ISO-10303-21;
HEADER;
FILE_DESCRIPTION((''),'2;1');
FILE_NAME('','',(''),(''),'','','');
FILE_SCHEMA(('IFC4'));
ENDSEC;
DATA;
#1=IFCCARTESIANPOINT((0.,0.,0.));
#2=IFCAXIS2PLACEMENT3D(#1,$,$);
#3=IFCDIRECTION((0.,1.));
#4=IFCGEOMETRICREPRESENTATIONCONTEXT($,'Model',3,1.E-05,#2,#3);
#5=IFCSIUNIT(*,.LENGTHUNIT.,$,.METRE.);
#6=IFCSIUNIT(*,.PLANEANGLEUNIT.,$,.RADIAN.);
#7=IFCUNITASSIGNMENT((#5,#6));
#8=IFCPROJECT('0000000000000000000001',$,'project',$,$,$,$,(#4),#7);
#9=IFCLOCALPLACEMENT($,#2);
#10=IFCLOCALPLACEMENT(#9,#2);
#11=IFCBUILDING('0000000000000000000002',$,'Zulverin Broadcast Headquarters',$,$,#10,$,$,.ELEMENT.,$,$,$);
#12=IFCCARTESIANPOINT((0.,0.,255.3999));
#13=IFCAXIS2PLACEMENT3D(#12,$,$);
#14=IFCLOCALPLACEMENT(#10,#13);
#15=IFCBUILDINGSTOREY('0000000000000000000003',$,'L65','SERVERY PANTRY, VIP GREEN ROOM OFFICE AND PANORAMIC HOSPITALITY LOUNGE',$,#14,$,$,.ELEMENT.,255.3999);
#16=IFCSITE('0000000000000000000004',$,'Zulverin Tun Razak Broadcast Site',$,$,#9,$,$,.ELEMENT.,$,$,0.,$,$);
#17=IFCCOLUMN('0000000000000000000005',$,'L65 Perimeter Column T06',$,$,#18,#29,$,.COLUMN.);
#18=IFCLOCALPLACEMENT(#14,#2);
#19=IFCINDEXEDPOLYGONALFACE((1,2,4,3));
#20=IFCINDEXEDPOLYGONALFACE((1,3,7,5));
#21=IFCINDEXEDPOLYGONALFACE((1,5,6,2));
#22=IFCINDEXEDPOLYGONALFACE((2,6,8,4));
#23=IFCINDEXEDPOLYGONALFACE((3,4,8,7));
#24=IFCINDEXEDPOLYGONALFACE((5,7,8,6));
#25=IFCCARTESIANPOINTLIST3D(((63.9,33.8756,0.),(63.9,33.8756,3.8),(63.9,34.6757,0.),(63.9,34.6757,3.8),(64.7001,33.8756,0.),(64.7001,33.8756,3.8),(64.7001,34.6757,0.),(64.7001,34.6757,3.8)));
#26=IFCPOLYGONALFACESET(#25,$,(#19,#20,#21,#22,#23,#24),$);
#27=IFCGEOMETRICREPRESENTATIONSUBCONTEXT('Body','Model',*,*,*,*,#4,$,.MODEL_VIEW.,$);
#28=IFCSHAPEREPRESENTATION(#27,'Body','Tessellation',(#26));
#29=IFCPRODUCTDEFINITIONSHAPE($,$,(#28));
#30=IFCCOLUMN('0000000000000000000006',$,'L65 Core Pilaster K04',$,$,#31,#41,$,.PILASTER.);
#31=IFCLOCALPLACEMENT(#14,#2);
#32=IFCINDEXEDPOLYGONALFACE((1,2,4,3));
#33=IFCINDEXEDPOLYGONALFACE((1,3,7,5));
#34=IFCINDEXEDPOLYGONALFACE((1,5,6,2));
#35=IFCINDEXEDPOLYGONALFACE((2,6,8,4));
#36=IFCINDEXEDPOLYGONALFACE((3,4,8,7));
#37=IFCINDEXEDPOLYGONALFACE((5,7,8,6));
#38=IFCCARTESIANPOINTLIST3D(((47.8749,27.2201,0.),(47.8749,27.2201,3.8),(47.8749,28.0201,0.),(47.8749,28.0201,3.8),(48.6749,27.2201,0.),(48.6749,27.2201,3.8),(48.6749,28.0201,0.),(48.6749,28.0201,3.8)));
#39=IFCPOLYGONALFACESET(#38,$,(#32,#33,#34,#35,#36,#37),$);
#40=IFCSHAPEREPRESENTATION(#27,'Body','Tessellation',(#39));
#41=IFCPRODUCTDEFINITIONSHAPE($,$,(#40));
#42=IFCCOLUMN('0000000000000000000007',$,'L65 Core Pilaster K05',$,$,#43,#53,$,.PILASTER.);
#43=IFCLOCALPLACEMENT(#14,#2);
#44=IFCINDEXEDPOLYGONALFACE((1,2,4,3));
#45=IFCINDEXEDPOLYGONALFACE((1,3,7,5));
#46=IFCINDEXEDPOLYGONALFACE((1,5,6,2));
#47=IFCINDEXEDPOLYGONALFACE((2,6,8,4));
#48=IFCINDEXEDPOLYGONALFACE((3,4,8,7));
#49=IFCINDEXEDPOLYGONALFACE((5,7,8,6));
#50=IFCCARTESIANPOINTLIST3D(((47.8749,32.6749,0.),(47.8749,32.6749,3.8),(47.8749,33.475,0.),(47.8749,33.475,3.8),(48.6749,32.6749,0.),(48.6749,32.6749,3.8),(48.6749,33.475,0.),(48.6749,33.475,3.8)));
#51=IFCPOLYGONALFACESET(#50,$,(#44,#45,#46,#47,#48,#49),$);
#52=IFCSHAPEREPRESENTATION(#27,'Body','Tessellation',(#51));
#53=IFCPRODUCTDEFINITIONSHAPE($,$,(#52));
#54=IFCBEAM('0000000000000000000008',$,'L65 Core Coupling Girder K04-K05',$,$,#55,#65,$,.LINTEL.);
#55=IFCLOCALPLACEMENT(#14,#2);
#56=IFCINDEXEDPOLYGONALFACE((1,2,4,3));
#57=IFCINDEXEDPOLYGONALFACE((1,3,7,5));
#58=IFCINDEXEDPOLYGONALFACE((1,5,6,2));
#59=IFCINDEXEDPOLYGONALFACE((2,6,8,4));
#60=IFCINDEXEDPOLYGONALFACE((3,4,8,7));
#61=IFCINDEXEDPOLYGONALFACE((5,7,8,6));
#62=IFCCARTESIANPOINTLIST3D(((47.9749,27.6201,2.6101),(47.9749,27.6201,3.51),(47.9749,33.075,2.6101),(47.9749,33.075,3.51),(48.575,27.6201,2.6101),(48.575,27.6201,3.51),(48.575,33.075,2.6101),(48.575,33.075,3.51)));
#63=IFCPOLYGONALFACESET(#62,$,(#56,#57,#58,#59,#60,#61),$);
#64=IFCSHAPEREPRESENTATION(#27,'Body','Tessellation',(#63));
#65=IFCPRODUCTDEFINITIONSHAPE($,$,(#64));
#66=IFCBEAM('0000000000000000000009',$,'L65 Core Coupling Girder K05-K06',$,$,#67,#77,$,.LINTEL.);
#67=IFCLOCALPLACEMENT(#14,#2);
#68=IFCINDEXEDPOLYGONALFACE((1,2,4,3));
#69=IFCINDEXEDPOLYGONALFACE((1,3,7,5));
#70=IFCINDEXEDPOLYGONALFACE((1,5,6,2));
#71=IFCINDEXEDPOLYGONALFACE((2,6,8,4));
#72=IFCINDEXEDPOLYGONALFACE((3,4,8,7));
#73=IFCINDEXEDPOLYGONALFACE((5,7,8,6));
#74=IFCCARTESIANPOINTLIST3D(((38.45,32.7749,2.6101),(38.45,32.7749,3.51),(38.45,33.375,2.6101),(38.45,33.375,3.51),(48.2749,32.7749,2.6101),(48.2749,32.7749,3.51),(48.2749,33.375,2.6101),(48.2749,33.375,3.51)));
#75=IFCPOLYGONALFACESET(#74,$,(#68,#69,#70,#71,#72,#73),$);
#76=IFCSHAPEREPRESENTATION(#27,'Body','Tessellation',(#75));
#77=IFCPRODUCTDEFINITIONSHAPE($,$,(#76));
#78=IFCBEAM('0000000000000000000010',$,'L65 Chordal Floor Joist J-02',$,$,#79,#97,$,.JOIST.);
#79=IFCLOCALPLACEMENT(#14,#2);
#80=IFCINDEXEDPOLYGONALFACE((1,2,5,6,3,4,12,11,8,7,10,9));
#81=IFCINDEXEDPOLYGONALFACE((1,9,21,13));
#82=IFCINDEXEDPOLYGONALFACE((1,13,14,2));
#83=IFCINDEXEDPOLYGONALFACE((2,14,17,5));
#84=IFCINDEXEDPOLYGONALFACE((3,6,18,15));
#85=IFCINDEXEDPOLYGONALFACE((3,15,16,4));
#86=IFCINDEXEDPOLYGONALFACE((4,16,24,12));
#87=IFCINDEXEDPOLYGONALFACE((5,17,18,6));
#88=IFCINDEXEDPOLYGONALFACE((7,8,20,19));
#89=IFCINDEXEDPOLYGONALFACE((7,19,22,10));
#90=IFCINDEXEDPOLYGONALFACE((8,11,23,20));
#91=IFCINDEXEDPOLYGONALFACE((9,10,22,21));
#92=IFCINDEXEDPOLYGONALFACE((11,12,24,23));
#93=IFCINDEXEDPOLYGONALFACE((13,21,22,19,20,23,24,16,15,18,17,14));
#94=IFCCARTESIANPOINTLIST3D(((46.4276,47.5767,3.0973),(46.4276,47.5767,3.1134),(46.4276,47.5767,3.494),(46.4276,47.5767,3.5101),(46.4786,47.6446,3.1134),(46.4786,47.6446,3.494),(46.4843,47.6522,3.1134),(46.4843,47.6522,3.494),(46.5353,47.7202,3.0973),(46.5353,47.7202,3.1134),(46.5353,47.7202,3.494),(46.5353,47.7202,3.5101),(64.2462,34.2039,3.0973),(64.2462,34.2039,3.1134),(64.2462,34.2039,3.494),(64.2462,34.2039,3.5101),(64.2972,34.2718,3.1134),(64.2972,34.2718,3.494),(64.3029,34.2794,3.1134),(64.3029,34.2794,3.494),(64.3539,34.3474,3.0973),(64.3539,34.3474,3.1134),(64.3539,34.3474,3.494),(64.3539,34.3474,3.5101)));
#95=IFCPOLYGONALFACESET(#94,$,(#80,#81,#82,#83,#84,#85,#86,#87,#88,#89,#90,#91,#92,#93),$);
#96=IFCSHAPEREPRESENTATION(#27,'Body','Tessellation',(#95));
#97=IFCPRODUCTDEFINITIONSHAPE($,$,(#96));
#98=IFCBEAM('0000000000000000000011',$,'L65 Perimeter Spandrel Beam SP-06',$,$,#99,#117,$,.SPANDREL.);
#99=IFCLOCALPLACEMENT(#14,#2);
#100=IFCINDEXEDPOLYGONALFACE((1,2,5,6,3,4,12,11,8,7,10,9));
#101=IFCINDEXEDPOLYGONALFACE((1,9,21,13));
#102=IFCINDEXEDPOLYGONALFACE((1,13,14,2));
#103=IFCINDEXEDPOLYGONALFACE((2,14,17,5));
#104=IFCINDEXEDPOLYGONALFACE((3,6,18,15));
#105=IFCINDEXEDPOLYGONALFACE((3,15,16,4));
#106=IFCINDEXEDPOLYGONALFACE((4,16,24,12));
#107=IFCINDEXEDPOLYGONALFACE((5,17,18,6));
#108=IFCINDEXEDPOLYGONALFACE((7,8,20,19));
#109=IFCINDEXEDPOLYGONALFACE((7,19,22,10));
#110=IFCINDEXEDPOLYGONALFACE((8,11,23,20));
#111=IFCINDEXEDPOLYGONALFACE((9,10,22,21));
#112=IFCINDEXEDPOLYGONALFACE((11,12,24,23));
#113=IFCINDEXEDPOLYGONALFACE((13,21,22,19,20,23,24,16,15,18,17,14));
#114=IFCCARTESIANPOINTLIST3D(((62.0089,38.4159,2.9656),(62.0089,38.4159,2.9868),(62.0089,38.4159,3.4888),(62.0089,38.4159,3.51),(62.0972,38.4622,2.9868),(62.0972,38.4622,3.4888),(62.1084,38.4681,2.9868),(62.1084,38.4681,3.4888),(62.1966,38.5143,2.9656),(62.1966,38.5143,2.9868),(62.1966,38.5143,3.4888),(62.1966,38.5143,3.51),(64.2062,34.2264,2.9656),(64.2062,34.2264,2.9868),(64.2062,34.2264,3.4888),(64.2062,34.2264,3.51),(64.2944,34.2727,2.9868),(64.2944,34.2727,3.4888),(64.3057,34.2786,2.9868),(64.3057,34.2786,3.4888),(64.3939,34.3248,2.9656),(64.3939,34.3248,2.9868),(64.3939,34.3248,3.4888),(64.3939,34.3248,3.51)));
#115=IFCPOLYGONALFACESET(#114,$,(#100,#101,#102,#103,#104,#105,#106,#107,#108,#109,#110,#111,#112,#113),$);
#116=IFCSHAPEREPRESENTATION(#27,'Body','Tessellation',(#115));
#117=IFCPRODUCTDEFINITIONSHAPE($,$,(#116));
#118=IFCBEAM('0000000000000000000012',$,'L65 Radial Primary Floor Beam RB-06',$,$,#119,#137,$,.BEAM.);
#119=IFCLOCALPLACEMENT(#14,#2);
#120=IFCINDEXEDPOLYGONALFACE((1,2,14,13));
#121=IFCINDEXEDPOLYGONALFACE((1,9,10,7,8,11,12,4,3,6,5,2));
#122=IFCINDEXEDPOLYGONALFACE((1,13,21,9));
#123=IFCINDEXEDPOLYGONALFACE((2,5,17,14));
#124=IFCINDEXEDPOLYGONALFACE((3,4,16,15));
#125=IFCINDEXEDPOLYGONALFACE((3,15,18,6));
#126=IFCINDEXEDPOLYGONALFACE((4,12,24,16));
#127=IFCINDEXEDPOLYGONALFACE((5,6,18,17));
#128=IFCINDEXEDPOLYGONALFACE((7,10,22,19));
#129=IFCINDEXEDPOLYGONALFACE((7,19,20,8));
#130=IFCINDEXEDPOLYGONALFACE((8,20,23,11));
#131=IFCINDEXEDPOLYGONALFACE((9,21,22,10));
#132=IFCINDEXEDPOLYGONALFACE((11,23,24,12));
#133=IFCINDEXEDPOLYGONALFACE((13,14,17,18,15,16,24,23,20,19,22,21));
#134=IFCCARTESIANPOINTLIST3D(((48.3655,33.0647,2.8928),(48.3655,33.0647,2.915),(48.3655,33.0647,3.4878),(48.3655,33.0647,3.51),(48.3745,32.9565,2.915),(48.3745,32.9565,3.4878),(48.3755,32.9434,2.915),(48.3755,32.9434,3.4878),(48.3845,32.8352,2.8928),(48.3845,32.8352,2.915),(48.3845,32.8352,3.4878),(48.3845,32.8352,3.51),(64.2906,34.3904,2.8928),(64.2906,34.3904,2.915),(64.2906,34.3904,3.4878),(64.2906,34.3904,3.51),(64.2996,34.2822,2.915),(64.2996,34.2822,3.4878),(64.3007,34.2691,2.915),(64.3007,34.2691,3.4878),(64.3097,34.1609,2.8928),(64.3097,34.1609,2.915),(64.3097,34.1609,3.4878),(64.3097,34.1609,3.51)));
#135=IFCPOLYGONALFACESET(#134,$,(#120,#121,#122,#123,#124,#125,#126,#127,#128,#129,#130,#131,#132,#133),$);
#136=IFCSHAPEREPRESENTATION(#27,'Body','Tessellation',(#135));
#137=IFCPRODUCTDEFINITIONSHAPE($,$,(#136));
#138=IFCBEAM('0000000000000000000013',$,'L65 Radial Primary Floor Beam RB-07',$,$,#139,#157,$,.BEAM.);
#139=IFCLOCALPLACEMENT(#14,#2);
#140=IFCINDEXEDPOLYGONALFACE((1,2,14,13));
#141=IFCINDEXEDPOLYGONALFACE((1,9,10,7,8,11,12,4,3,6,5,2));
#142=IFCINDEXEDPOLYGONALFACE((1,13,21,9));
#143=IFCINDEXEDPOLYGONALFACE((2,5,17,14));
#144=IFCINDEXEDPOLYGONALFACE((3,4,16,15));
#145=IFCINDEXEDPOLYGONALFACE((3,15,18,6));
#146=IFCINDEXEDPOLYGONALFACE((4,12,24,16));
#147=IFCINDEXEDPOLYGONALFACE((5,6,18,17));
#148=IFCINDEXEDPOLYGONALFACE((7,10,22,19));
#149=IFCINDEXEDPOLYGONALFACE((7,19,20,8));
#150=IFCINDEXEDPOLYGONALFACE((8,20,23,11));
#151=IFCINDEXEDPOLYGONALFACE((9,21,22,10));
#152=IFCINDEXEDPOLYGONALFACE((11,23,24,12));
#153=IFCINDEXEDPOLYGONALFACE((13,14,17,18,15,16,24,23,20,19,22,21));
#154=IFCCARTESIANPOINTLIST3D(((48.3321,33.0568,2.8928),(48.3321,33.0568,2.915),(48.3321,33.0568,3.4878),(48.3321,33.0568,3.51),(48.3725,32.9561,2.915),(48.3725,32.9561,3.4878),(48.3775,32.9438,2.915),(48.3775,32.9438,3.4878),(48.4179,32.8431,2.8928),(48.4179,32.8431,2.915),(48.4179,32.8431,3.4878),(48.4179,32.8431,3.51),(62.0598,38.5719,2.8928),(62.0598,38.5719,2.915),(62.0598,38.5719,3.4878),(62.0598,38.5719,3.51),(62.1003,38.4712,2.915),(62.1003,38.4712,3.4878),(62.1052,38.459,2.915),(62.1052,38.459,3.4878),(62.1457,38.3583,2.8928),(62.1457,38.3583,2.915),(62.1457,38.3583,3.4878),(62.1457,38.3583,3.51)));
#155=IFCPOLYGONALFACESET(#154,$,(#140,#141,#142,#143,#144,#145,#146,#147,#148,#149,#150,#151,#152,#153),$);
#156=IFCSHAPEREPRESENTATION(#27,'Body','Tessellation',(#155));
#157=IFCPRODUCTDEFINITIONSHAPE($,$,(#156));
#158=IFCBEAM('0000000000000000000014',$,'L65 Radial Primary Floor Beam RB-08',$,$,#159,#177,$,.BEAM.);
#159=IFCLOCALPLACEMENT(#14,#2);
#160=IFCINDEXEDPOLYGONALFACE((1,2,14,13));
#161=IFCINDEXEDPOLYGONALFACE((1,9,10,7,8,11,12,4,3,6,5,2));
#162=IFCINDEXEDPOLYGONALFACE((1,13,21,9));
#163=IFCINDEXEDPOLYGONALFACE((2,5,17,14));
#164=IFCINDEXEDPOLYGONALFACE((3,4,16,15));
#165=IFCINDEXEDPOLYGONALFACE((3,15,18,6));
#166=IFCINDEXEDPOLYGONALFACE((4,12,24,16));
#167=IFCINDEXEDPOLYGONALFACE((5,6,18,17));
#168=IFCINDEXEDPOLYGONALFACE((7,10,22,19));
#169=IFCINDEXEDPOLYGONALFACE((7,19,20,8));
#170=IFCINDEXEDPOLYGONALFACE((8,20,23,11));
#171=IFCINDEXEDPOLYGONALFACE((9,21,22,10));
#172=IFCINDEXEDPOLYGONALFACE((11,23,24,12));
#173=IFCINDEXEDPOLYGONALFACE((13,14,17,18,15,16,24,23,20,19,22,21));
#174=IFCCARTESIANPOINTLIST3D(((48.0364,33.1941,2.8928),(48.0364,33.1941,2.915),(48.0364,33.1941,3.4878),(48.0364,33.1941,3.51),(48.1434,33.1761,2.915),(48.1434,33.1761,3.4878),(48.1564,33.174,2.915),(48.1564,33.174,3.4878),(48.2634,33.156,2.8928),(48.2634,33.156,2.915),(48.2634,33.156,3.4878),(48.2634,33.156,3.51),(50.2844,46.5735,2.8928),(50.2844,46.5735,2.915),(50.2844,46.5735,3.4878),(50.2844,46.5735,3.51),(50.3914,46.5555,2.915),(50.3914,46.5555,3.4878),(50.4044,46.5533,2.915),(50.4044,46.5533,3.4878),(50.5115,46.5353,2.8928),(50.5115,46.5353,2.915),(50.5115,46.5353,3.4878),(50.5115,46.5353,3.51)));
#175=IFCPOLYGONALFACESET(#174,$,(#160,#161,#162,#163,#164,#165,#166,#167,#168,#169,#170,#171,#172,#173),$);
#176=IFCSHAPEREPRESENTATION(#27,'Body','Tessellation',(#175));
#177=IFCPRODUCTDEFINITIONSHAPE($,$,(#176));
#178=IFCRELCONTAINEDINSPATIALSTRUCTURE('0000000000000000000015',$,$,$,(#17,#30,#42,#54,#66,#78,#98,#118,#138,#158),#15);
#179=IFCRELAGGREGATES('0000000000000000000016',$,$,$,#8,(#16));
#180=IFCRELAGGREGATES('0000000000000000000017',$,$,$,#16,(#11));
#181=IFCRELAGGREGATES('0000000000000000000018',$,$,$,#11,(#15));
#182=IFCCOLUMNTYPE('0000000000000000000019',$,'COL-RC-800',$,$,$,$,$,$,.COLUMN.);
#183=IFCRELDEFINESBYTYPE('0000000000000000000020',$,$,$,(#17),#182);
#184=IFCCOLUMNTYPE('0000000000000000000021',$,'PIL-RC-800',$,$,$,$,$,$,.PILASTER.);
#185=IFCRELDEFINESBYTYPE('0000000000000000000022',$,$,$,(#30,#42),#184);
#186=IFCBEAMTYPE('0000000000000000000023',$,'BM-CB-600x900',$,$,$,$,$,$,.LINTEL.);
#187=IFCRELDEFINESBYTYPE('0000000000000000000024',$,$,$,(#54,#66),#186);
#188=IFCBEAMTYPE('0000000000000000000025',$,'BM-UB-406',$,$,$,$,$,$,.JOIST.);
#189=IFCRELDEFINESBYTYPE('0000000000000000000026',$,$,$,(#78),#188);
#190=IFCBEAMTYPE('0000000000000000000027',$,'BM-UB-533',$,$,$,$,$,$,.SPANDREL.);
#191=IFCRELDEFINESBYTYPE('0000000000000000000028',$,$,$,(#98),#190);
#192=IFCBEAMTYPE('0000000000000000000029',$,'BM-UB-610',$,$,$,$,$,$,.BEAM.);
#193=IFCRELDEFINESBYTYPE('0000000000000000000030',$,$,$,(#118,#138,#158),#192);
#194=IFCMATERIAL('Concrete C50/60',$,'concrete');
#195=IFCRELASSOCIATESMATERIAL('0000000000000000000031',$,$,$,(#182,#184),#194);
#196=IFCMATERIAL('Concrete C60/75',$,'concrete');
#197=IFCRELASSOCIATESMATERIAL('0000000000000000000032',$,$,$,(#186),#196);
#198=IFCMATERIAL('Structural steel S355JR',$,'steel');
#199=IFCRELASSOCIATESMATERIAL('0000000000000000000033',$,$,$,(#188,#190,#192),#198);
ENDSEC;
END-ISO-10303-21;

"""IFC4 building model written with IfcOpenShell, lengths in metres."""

from ifc_helpers import new_model, si_unit, direction, frame, origin, origin_2d, place, context, subcontext, project, spatial, rectangle, i_section, extrude, material, material_profile, profile_set, type_object, element, save


model = new_model("IFC4")

# Units and contexts
model_context = context("Model", 3, precision=1e-05, world=origin(), true_north=direction((0.0, 1.0)))
body_context = subcontext(model_context, "Body", "Model", "MODEL_VIEW")
ifc_project = project(units=[si_unit("LENGTHUNIT", "METRE"), si_unit("PLANEANGLEUNIT", "RADIAN")], contexts=[model_context])

# Site, building, storey
site_placement = place(None, origin())
site = spatial("IfcSite", under=ifc_project, at=site_placement, Name="Zulverin Tun Razak Broadcast Site", CompositionType="ELEMENT", RefElevation=0.0)
building_placement = place(site_placement, origin())
building = spatial("IfcBuilding", under=site, at=building_placement, Name="Zulverin Broadcast Headquarters", CompositionType="ELEMENT")
storey_placement = place(building_placement, frame((0.0, 0.0, 255.3999)))
storey = spatial("IfcBuildingStorey", under=building, at=storey_placement, Name="L65", Description="SERVERY PANTRY, VIP GREEN ROOM OFFICE AND PANORAMIC HOSPITALITY LOUNGE", CompositionType="ELEMENT", Elevation=255.3999)

# Columns
ifc_material_1 = material(Name="Concrete C50/60", Category="concrete")
ifc_material_profile_1 = material_profile(ifc_material_1, rectangle(XDim=0.8, YDim=0.8, at=origin_2d()), Name="Concrete C50/60", Category="concrete")
ifc_profile_set_1 = profile_set([ifc_material_profile_1], Name="Concrete C50/60")
column_type_1 = type_object("IfcColumnType", Name="COL-RC-800", PredefinedType="COLUMN", material=ifc_profile_set_1)
column_placement = place(storey_placement, frame((64.3, 34.2756, 0.0), z_axis=(0.0, 0.0, 1.0), x_axis=(1.0, 0.0, 0.0)))
element("IfcColumn", 1, at=column_placement, inside=storey, type_object=column_type_1, Name="L65 Perimeter Column T06", PredefinedType="COLUMN", context=body_context, shape_type="SweptSolid", body=[
    extrude(rectangle(XDim=0.8, YDim=0.8, at=origin_2d()), origin(), (0.0, 0.0, 1.0), 3.8),
])
ifc_material_profile_2 = material_profile(ifc_material_1, rectangle(XDim=0.8, YDim=0.8, at=origin_2d()), Name="Concrete C50/60", Category="concrete")
ifc_profile_set_2 = profile_set([ifc_material_profile_2], Name="Concrete C50/60")
column_type_2 = type_object("IfcColumnType", Name="PIL-RC-800", PredefinedType="PILASTER", material=ifc_profile_set_2)
for number, where, z_axis, x_axis, name in (
    (2, (48.2749, 27.6201, 0.0), (0.0, 0.0, 1.0), (1.0, 0.0, 0.0), "L65 Core Pilaster K04"),
    (3, (48.2749, 33.075, 0.0), (0.0, 0.0, 1.0), (1.0, 0.0, 0.0), "L65 Core Pilaster K05"),
):
    element("IfcColumn", number, at=place(storey_placement, frame(where, z_axis=z_axis, x_axis=x_axis)), inside=storey, type_object=column_type_2, Name=name, PredefinedType="PILASTER", context=body_context, shape_type="SweptSolid", body=[
        extrude(rectangle(XDim=0.8, YDim=0.8, at=origin_2d()), origin(), (0.0, 0.0, 1.0), 3.8),
    ])

# Beams
ifc_material_2 = material(Name="Concrete C60/75", Category="concrete")
ifc_material_profile_3 = material_profile(ifc_material_2, rectangle(XDim=0.6001, YDim=0.8999, at=origin_2d()), Name="Concrete C60/75", Category="concrete")
ifc_profile_set_3 = profile_set([ifc_material_profile_3], Name="Concrete C60/75")
beam_type_1 = type_object("IfcBeamType", Name="BM-CB-600x900", PredefinedType="LINTEL", material=ifc_profile_set_3)
beam_1_placement = place(storey_placement, frame((48.2749, 27.6201, 3.0601), z_axis=(0.0, 1.0, 0.0), x_axis=(-1.0, 0.0, 0.0)))
element("IfcBeam", 4, at=beam_1_placement, inside=storey, type_object=beam_type_1, Name="L65 Core Coupling Girder K04-K05", PredefinedType="LINTEL", context=body_context, shape_type="SweptSolid", body=[
    extrude(rectangle(XDim=0.6001, YDim=0.8999, at=origin_2d()), origin(), (0.0, 0.0, 1.0), 5.4548),
])
beam_2_placement = place(storey_placement, frame((48.2749, 33.075, 3.0601), z_axis=(-1.0, 0.0, 0.0), x_axis=(0.0, -1.0, 0.0)))
element("IfcBeam", 5, at=beam_2_placement, inside=storey, type_object=beam_type_1, Name="L65 Core Coupling Girder K05-K06", PredefinedType="LINTEL", context=body_context, shape_type="SweptSolid", body=[
    extrude(rectangle(XDim=0.6001, YDim=0.8999, at=origin_2d()), origin(), (0.0, 0.0, 1.0), 9.825),
])
ifc_material_3 = material(Name="Structural steel S355JR", Category="steel")
ifc_material_profile_4 = material_profile(ifc_material_3, i_section(OverallWidth=0.1794, OverallDepth=0.4128, WebThickness=0.0095, FlangeThickness=0.0161, at=origin_2d()), Name="Structural steel S355JR", Category="steel")
ifc_profile_set_4 = profile_set([ifc_material_profile_4], Name="Structural steel S355JR")
beam_type_2 = type_object("IfcBeamType", Name="BM-UB-406", PredefinedType="JOIST", material=ifc_profile_set_4)
beam_3_placement = place(storey_placement, frame((64.3, 34.2756, 3.3037), z_axis=(-0.799809, 0.600254, 0.0), x_axis=(-0.600254, -0.799809, 0.0)))
element("IfcBeam", 6, at=beam_3_placement, inside=storey, type_object=beam_type_2, Name="L65 Chordal Floor Joist J-02", PredefinedType="JOIST", context=body_context, shape_type="SweptSolid", body=[
    extrude(i_section(OverallWidth=0.1794, OverallDepth=0.4128, WebThickness=0.0095, FlangeThickness=0.0161, at=origin_2d()), origin(), (0.0, 0.0, 1.0), 22.2786),
])
ifc_material_profile_5 = material_profile(ifc_material_3, i_section(OverallWidth=0.2119, OverallDepth=0.5444, WebThickness=0.0127, FlangeThickness=0.0212, at=origin_2d()), Name="Structural steel S355JR", Category="steel")
ifc_profile_set_5 = profile_set([ifc_material_profile_5], Name="Structural steel S355JR")
beam_type_3 = type_object("IfcBeamType", Name="BM-UB-533", PredefinedType="SPANDREL", material=ifc_profile_set_5)
beam_4_placement = place(storey_placement, frame((64.3, 34.2756, 3.2378), z_axis=(-0.46447, 0.885589, 0.0), x_axis=(-0.885589, -0.46447, 0.0)))
element("IfcBeam", 7, at=beam_4_placement, inside=storey, type_object=beam_type_3, Name="L65 Perimeter Spandrel Beam SP-06", PredefinedType="SPANDREL", context=body_context, shape_type="SweptSolid", body=[
    extrude(i_section(OverallWidth=0.2119, OverallDepth=0.5444, WebThickness=0.0127, FlangeThickness=0.0212, at=origin_2d()), origin(), (0.0, 0.0, 1.0), 4.7307),
])
ifc_material_profile_6 = material_profile(ifc_material_3, i_section(OverallWidth=0.2302, OverallDepth=0.6172, WebThickness=0.0132, FlangeThickness=0.0222, at=origin_2d()), Name="Structural steel S355JR", Category="steel")
ifc_profile_set_6 = profile_set([ifc_material_profile_6], Name="Structural steel S355JR")
beam_type_4 = type_object("IfcBeamType", Name="BM-UB-610", PredefinedType="BEAM", material=ifc_profile_set_6)
beam_5_placement = place(storey_placement, frame((48.375, 32.95, 3.2014), z_axis=(0.996553, 0.082958, 0.0), x_axis=(-0.082958, 0.996553, 0.0)))
element("IfcBeam", 8, at=beam_5_placement, inside=storey, type_object=beam_type_4, Name="L65 Radial Primary Floor Beam RB-06", PredefinedType="BEAM", context=body_context, shape_type="SweptSolid", body=[
    extrude(i_section(OverallWidth=0.2302, OverallDepth=0.6172, WebThickness=0.0132, FlangeThickness=0.0222, at=origin_2d()), origin(), (0.0, 0.0, 1.0), 15.9802),
])
beam_6_placement = place(storey_placement, frame((48.375, 32.95, 3.2014), z_axis=(0.927916, 0.37279, 0.0), x_axis=(-0.37279, 0.927916, 0.0)))
element("IfcBeam", 9, at=beam_6_placement, inside=storey, type_object=beam_type_4, Name="L65 Radial Primary Floor Beam RB-07", PredefinedType="BEAM", context=body_context, shape_type="SweptSolid", body=[
    extrude(i_section(OverallWidth=0.2302, OverallDepth=0.6172, WebThickness=0.0132, FlangeThickness=0.0222, at=origin_2d()), origin(), (0.0, 0.0, 1.0), 14.7942),
])
beam_7_placement = place(storey_placement, frame((48.1499, 33.175, 3.2014), z_axis=(0.1657, 0.986176, 0.0), x_axis=(-0.986176, 0.1657, 0.0)))
element("IfcBeam", 10, at=beam_7_placement, inside=storey, type_object=beam_type_4, Name="L65 Radial Primary Floor Beam RB-08", PredefinedType="BEAM", context=body_context, shape_type="SweptSolid", body=[
    extrude(i_section(OverallWidth=0.2302, OverallDepth=0.6172, WebThickness=0.0132, FlangeThickness=0.0222, at=origin_2d()), origin(), (0.0, 0.0, 1.0), 13.5669),
])

save(model, "model.ifc")
